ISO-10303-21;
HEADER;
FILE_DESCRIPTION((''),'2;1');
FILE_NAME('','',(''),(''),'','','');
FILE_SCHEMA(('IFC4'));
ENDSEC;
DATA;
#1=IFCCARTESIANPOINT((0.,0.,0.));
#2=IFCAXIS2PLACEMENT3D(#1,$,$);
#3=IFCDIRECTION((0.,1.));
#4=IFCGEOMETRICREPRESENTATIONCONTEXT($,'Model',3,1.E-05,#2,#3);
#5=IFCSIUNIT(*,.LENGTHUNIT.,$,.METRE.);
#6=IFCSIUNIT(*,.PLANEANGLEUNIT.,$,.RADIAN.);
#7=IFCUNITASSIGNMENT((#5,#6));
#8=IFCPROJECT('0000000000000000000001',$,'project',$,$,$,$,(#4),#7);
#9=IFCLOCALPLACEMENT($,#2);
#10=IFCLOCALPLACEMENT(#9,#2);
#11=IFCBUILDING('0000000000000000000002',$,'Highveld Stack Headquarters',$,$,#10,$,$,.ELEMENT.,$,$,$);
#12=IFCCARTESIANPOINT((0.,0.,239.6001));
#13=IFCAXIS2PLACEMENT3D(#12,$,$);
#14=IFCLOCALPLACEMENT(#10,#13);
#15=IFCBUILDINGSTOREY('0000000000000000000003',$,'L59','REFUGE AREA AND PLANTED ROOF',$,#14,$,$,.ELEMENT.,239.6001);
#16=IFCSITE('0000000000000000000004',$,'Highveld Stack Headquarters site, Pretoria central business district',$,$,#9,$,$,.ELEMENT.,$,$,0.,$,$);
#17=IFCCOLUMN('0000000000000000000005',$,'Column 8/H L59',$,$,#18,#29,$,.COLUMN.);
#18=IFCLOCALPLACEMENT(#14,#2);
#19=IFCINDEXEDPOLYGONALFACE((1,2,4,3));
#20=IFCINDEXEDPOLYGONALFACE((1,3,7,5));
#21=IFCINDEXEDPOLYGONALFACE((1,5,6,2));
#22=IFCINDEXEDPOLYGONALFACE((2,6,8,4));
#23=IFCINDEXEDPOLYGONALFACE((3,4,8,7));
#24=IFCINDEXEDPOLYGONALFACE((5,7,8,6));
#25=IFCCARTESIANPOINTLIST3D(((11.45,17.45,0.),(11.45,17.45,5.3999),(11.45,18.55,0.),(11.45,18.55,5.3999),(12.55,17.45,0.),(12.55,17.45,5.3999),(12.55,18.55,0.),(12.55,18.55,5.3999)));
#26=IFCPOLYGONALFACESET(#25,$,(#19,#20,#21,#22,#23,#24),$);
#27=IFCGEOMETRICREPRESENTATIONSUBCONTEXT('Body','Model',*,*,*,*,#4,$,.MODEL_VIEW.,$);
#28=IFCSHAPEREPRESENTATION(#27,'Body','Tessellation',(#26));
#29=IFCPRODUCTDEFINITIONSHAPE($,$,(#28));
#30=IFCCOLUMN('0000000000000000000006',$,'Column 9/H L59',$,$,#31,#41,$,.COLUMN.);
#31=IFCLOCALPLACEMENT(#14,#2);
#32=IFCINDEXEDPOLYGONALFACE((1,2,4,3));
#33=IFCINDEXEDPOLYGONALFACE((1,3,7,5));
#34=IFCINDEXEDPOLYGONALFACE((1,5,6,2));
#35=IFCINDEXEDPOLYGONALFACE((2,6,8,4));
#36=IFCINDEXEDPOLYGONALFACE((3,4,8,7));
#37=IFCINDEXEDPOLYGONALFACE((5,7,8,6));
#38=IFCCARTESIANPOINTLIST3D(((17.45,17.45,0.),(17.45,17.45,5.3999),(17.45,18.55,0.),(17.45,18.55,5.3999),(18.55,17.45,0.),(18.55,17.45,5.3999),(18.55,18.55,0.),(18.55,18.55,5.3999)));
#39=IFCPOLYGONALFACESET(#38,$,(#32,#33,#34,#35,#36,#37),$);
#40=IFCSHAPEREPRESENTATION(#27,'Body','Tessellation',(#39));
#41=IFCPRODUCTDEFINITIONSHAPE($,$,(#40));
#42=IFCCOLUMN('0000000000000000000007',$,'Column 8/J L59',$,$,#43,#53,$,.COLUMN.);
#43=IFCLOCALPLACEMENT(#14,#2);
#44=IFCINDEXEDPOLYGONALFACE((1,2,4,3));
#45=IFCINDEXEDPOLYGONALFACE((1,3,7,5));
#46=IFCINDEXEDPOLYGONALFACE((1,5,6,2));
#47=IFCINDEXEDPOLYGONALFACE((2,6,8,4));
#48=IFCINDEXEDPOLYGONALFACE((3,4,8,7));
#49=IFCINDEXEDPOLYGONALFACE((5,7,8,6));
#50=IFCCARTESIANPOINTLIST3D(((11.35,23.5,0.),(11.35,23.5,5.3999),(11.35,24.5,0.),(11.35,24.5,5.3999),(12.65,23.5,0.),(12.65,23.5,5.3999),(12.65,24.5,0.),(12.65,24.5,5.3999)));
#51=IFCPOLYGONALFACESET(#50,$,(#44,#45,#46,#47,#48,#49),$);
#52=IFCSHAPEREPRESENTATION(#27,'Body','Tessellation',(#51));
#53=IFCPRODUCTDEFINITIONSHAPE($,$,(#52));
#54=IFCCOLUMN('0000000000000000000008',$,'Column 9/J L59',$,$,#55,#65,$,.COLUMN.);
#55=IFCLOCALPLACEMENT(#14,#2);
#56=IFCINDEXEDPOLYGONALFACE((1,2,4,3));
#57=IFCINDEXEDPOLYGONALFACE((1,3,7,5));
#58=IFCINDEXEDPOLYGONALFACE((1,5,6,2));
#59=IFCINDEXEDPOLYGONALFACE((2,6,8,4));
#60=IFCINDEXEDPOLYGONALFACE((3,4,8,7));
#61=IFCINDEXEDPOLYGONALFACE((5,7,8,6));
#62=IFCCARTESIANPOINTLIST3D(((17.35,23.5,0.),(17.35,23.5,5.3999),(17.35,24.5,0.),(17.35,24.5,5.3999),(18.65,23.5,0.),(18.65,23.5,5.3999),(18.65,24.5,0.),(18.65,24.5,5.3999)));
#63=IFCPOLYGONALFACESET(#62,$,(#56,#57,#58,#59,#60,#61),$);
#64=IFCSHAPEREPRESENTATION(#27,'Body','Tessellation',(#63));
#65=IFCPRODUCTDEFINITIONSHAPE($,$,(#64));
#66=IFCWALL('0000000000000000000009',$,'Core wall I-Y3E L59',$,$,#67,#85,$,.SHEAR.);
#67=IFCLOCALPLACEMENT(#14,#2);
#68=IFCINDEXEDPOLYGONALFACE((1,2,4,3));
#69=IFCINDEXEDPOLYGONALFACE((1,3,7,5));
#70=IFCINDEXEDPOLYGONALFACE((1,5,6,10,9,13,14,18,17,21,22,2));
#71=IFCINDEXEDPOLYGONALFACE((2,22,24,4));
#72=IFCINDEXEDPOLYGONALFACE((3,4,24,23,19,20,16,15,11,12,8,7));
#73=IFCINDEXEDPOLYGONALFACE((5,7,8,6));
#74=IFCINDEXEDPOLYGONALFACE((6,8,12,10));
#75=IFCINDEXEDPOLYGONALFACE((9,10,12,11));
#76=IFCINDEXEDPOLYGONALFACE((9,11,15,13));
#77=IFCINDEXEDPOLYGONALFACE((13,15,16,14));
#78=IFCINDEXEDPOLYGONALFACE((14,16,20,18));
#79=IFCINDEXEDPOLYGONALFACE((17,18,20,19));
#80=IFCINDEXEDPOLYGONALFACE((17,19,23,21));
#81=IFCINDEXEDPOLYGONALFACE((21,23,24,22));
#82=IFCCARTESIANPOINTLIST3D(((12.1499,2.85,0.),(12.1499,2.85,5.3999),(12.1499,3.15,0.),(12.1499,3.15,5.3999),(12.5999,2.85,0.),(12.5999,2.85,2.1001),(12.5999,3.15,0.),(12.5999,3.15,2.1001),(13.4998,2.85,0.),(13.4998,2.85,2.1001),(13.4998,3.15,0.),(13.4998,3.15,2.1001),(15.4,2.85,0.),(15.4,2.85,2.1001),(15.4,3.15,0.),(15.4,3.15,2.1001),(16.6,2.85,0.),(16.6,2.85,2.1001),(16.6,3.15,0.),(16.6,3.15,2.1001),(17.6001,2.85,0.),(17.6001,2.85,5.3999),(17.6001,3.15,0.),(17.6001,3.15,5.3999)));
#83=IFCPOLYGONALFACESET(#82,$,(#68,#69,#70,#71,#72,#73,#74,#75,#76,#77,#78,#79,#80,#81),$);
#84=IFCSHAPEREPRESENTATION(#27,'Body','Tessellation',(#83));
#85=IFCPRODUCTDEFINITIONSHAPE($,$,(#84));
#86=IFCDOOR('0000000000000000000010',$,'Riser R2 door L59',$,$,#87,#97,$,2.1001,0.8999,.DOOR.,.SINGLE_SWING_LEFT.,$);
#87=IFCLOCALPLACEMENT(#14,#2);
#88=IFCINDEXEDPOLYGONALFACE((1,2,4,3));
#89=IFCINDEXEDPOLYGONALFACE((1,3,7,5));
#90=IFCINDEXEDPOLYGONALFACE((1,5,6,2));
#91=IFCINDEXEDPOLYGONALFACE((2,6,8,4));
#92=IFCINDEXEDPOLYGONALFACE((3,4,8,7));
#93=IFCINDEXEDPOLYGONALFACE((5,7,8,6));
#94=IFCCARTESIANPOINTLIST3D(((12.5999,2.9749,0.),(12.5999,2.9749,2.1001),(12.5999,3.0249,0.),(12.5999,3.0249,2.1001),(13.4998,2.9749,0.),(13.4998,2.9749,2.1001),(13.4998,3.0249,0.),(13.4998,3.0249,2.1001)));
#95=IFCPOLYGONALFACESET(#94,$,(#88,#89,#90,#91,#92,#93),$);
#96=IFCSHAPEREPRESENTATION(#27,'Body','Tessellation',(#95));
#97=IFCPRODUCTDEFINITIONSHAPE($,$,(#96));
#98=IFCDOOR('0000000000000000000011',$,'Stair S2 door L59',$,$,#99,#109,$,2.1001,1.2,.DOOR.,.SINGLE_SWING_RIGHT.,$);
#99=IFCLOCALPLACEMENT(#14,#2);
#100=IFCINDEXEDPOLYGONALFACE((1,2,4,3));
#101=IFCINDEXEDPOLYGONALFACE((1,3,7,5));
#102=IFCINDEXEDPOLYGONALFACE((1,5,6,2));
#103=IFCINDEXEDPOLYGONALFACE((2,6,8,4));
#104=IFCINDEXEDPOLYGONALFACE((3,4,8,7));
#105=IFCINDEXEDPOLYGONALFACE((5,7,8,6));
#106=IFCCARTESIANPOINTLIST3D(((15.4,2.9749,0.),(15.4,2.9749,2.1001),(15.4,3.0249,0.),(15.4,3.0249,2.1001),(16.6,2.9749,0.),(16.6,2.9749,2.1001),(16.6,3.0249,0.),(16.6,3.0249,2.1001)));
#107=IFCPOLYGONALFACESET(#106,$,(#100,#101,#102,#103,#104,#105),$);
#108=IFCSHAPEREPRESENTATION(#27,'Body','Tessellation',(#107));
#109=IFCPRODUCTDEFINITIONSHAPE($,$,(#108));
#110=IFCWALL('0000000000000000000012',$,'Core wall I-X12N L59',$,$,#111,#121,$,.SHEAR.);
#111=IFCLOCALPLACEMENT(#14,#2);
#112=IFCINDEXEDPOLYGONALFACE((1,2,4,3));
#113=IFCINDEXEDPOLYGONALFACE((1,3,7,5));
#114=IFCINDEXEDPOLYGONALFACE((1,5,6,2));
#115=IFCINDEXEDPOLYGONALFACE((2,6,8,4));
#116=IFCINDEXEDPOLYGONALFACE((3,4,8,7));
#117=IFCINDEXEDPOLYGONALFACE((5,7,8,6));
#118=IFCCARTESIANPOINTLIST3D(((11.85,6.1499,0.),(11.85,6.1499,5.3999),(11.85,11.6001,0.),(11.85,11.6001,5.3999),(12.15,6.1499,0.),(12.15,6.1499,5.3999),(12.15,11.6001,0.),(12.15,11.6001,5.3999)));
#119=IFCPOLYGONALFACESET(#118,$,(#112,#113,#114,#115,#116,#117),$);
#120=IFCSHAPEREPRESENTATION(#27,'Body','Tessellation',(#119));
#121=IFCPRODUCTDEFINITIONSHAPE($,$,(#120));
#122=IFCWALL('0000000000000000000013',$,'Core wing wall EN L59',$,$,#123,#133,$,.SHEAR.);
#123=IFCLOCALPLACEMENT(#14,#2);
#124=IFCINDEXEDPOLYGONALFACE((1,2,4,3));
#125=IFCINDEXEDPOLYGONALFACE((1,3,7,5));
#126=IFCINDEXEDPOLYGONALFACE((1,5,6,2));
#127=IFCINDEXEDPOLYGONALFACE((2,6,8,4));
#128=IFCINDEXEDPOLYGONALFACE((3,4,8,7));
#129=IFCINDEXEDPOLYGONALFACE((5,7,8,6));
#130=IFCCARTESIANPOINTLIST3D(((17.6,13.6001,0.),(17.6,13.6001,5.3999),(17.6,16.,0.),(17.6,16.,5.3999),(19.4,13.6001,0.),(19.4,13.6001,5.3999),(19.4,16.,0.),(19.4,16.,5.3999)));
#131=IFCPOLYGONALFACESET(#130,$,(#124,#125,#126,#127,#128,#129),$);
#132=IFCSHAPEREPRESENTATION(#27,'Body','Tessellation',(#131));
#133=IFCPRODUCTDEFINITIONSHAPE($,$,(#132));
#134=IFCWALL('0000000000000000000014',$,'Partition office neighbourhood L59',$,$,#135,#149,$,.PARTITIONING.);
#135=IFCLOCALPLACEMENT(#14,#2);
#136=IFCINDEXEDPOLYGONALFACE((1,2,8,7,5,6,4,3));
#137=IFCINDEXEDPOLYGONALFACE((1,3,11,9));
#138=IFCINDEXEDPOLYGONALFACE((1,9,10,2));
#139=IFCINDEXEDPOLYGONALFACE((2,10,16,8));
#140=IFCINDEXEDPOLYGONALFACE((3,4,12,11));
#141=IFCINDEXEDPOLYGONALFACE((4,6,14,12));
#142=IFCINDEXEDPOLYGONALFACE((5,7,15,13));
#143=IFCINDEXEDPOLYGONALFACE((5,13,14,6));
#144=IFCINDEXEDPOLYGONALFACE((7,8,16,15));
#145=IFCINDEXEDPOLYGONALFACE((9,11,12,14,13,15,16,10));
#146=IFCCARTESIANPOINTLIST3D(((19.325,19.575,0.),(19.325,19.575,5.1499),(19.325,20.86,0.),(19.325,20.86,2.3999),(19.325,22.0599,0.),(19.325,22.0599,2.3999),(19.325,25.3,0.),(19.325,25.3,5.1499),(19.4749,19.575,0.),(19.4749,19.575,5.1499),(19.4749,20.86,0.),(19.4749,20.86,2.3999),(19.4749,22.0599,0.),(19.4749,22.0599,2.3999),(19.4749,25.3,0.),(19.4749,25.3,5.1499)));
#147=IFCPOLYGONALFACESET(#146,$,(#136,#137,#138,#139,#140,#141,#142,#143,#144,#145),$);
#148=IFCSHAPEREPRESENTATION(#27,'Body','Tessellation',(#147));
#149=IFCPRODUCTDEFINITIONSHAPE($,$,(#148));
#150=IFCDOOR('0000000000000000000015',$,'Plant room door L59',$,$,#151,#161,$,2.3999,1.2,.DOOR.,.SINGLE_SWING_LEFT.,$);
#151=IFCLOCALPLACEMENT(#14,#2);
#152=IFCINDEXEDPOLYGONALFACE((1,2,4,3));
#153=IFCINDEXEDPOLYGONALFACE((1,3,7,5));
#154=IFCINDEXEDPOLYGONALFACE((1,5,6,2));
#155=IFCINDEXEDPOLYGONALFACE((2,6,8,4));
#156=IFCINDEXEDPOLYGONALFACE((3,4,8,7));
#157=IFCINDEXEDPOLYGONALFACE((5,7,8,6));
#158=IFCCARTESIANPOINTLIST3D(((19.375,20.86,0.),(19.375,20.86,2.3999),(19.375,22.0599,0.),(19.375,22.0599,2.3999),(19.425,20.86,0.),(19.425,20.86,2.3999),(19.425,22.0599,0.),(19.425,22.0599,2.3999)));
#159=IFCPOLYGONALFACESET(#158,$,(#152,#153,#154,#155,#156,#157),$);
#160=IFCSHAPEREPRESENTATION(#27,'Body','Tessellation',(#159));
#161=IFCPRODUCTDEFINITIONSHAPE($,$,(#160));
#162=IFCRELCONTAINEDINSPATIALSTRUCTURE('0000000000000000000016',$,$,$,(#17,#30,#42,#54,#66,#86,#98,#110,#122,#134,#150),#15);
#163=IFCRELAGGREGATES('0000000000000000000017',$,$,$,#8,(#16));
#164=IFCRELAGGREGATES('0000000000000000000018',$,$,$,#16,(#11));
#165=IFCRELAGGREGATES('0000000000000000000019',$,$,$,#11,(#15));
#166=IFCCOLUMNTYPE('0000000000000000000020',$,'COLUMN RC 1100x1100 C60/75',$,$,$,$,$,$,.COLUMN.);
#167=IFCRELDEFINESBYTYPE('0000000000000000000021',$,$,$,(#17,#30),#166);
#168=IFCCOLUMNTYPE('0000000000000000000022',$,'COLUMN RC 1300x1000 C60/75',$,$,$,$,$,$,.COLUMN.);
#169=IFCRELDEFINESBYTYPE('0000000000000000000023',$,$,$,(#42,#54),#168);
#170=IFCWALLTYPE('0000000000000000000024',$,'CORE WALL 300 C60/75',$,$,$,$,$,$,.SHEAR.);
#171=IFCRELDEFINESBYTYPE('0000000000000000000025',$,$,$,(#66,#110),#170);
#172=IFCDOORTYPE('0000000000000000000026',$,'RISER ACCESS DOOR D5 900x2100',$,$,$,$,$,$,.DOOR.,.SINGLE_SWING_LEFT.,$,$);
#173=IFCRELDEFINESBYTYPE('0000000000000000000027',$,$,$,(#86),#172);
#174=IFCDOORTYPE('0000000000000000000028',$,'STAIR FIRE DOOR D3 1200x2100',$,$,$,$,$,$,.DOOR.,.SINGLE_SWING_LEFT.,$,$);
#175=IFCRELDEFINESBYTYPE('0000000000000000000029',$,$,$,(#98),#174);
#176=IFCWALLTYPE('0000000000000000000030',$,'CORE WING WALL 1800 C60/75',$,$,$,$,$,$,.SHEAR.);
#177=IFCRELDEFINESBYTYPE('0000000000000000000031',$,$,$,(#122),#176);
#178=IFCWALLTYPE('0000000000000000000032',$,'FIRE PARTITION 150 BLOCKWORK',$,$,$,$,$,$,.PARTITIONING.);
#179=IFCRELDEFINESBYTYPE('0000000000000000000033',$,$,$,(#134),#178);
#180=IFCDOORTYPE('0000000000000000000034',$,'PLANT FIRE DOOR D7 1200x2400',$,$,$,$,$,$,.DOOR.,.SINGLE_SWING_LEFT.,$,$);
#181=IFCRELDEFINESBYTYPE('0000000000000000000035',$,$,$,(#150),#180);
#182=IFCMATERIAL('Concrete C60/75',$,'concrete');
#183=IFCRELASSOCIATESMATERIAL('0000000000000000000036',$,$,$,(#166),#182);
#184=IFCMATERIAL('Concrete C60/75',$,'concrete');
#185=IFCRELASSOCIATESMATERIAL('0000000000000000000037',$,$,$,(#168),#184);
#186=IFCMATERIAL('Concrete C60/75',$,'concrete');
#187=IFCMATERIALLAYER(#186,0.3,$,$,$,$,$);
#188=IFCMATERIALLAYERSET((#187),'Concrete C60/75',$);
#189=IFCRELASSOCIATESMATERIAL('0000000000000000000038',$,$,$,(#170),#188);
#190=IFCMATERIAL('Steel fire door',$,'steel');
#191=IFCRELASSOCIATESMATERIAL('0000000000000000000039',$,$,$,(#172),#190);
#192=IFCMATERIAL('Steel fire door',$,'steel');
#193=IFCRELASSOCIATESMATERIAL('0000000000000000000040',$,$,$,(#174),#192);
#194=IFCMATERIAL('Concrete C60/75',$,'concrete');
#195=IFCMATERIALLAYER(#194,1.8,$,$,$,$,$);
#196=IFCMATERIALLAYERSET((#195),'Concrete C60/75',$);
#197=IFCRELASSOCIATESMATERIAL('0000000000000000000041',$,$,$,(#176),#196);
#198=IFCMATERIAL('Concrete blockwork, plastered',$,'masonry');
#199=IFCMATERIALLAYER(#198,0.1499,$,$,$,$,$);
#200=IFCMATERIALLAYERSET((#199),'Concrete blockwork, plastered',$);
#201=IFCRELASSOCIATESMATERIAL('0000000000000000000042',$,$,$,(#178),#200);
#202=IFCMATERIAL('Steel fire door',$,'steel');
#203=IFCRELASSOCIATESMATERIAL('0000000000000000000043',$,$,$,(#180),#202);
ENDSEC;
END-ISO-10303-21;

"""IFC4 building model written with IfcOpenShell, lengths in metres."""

from ifc_helpers import new_model, si_unit, direction, frame, frame_2d, origin, origin_2d, place, context, subcontext, project, spatial, rectangle, extrude, material, layer, layer_set, material_profile, profile_set, type_object, element, fill, save


model = new_model("IFC4")

# Units and contexts
model_context = context("Model", 3, precision=1e-05, world=origin(), true_north=direction((0.0, 1.0)))
body_context = subcontext(model_context, "Body", "Model", "MODEL_VIEW")
ifc_project = project(units=[si_unit("LENGTHUNIT", "METRE"), si_unit("PLANEANGLEUNIT", "RADIAN")], contexts=[model_context])

# Site, building, storey
site_placement = place(None, origin())
site = spatial("IfcSite", under=ifc_project, at=site_placement, Name="Highveld Stack Headquarters site, Pretoria central business district", CompositionType="ELEMENT", RefElevation=0.0)
building_placement = place(site_placement, origin())
building = spatial("IfcBuilding", under=site, at=building_placement, Name="Highveld Stack Headquarters", CompositionType="ELEMENT")
storey_placement = place(building_placement, frame((0.0, 0.0, 239.6001)))
storey = spatial("IfcBuildingStorey", under=building, at=storey_placement, Name="L59", Description="REFUGE AREA AND PLANTED ROOF", CompositionType="ELEMENT", Elevation=239.6001)

# Columns
ifc_material_1 = material(Name="Concrete C60/75", Category="concrete")
ifc_material_profile_1 = material_profile(ifc_material_1, rectangle(XDim=1.1001, YDim=1.1001, at=origin_2d()), Name="RC 1100x1100")
ifc_profile_set_1 = profile_set([ifc_material_profile_1], Name="Concrete C60/75")
column_type_1 = type_object("IfcColumnType", Name="COLUMN RC 1100x1100 C60/75", PredefinedType="COLUMN", material=ifc_profile_set_1)
for number, where, z_axis, x_axis, name in (
    (1, (12.0, 18.0, 0.0), (0.0, 0.0, 1.0), (1.0, 0.0, 0.0), "Column 8/H L59"),
    (2, (18.0, 18.0, 0.0), (0.0, 0.0, 1.0), (1.0, 0.0, 0.0), "Column 9/H L59"),
):
    element("IfcColumn", number, at=place(storey_placement, frame(where, z_axis=z_axis, x_axis=x_axis)), inside=storey, type_object=column_type_1, Name=name, PredefinedType="COLUMN", context=body_context, shape_type="SweptSolid", body=[
        extrude(rectangle(XDim=1.1001, YDim=1.1001, at=origin_2d()), origin(), (0.0, 0.0, 1.0), 5.3999),
    ])
ifc_material_2 = material(Name="Concrete C60/75", Category="concrete")
ifc_material_profile_2 = material_profile(ifc_material_2, rectangle(XDim=1.3, YDim=1.0, at=origin_2d()), Name="RC 1300x1000")
ifc_profile_set_2 = profile_set([ifc_material_profile_2], Name="Concrete C60/75")
column_type_2 = type_object("IfcColumnType", Name="COLUMN RC 1300x1000 C60/75", PredefinedType="COLUMN", material=ifc_profile_set_2)
for number, where, z_axis, x_axis, name in (
    (3, (12.0, 24.0, 0.0), (0.0, 0.0, 1.0), (1.0, 0.0, 0.0), "Column 8/J L59"),
    (4, (18.0, 24.0, 0.0), (0.0, 0.0, 1.0), (1.0, 0.0, 0.0), "Column 9/J L59"),
):
    element("IfcColumn", number, at=place(storey_placement, frame(where, z_axis=z_axis, x_axis=x_axis)), inside=storey, type_object=column_type_2, Name=name, PredefinedType="COLUMN", context=body_context, shape_type="SweptSolid", body=[
        extrude(rectangle(XDim=1.3, YDim=1.0, at=origin_2d()), origin(), (0.0, 0.0, 1.0), 5.3999),
    ])

# Wall, openings, doors
ifc_material_3 = material(Name="Concrete C60/75", Category="concrete")
ifc_layer_1 = layer(ifc_material_3, 0.3)
ifc_layer_set_1 = layer_set([ifc_layer_1], Name="Concrete C60/75")
wall_type_1 = type_object("IfcWallType", Name="CORE WALL 300 C60/75", PredefinedType="SHEAR", material=ifc_layer_set_1)
wall_1_placement = place(storey_placement, frame((12.1499, 3.0, 0.0), z_axis=(0.0, 0.0, 1.0), x_axis=(1.0, 0.0, 0.0)))
wall_1 = element("IfcWall", 5, at=wall_1_placement, inside=storey, type_object=wall_type_1, Name="Core wall I-Y3E L59", PredefinedType="SHEAR", context=body_context, shape_type="SweptSolid", body=[
    extrude(rectangle(XDim=5.4502, YDim=0.3, at=frame_2d((2.7251, 0.0))), origin(), (0.0, 0.0, 1.0), 5.3999),
])
opening_1_placement = place(wall_1_placement, frame((3.25, 0.0, 0.0)))
opening_1 = element("IfcOpeningElement", 6, at=opening_1_placement, cuts=wall_1, PredefinedType="OPENING", context=body_context, shape_type="SweptSolid", body=[
    extrude(rectangle(XDim=1.2, YDim=2.1001, at=frame_2d((0.6001, 1.05))), frame((0.0, 0.1599, 0.0), z_axis=(0.0, -1.0, 0.0), x_axis=(1.0, 0.0, 0.0)), (0.0, 0.0, 1.0), 0.3201),
])
opening_2_placement = place(wall_1_placement, frame((0.45, 0.0, 0.0)))
opening_2 = element("IfcOpeningElement", 7, at=opening_2_placement, cuts=wall_1, PredefinedType="OPENING", context=body_context, shape_type="SweptSolid", body=[
    extrude(rectangle(XDim=0.8999, YDim=2.1001, at=frame_2d((0.45, 1.05))), frame((0.0, 0.1599, 0.0), z_axis=(0.0, -1.0, 0.0), x_axis=(1.0, 0.0, 0.0)), (0.0, 0.0, 1.0), 0.3201),
])
ifc_material_4 = material(Name="Steel fire door", Category="steel")
door_type_1 = type_object("IfcDoorType", Name="RISER ACCESS DOOR D5 900x2100", OperationType="SINGLE_SWING_LEFT", PredefinedType="DOOR", material=ifc_material_4)
door_1_placement = place(opening_2_placement, origin())
door_1 = element("IfcDoor", 8, at=door_1_placement, inside=storey, type_object=door_type_1, Name="Riser R2 door L59", OperationType="SINGLE_SWING_LEFT", OverallHeight=2.1001, OverallWidth=0.8999, PredefinedType="DOOR", context=body_context, shape_type="SweptSolid", body=[
    extrude(rectangle(XDim=0.8999, YDim=2.1001, at=frame_2d((0.45, 1.05))), frame((0.0, 0.0249, 0.0), z_axis=(0.0, -1.0, 0.0), x_axis=(1.0, 0.0, 0.0)), (0.0, 0.0, 1.0), 0.05),
])
fill(opening_2, door_1)
ifc_material_5 = material(Name="Steel fire door", Category="steel")
door_type_2 = type_object("IfcDoorType", Name="STAIR FIRE DOOR D3 1200x2100", OperationType="SINGLE_SWING_LEFT", PredefinedType="DOOR", material=ifc_material_5)
door_2_placement = place(opening_1_placement, origin())
door_2 = element("IfcDoor", 9, at=door_2_placement, inside=storey, type_object=door_type_2, Name="Stair S2 door L59", OperationType="SINGLE_SWING_RIGHT", OverallHeight=2.1001, OverallWidth=1.2, PredefinedType="DOOR", context=body_context, shape_type="SweptSolid", body=[
    extrude(rectangle(XDim=1.2, YDim=2.1001, at=frame_2d((0.6001, 1.05))), frame((0.0, 0.0249, 0.0), z_axis=(0.0, -1.0, 0.0), x_axis=(1.0, 0.0, 0.0)), (0.0, 0.0, 1.0), 0.05),
])
fill(opening_1, door_2)

# Walls
wall_2_placement = place(storey_placement, frame((12.0, 6.1499, 0.0), z_axis=(0.0, 0.0, 1.0), x_axis=(0.0, 1.0, 0.0)))
element("IfcWall", 10, at=wall_2_placement, inside=storey, type_object=wall_type_1, Name="Core wall I-X12N L59", PredefinedType="SHEAR", context=body_context, shape_type="SweptSolid", body=[
    extrude(rectangle(XDim=5.4502, YDim=0.3, at=frame_2d((2.7251, 0.0))), origin(), (0.0, 0.0, 1.0), 5.3999),
])
ifc_material_6 = material(Name="Concrete C60/75", Category="concrete")
ifc_layer_2 = layer(ifc_material_6, 1.8)
ifc_layer_set_2 = layer_set([ifc_layer_2], Name="Concrete C60/75")
wall_type_2 = type_object("IfcWallType", Name="CORE WING WALL 1800 C60/75", PredefinedType="SHEAR", material=ifc_layer_set_2)
wall_3_placement = place(storey_placement, frame((18.5, 13.6001, 0.0), z_axis=(0.0, 0.0, 1.0), x_axis=(0.0, 1.0, 0.0)))
element("IfcWall", 11, at=wall_3_placement, inside=storey, type_object=wall_type_2, Name="Core wing wall EN L59", PredefinedType="SHEAR", context=body_context, shape_type="SweptSolid", body=[
    extrude(rectangle(XDim=2.3999, YDim=1.8, at=frame_2d((1.2, 0.0))), origin(), (0.0, 0.0, 1.0), 5.3999),
])

# Wall, opening, door
ifc_material_7 = material(Name="Concrete blockwork, plastered", Category="masonry")
ifc_layer_3 = layer(ifc_material_7, 0.1499)
ifc_layer_set_3 = layer_set([ifc_layer_3], Name="Concrete blockwork, plastered")
wall_type_3 = type_object("IfcWallType", Name="FIRE PARTITION 150 BLOCKWORK", PredefinedType="PARTITIONING", material=ifc_layer_set_3)
ifc_material_8 = material(Name="Steel fire door", Category="steel")
door_type_3 = type_object("IfcDoorType", Name="PLANT FIRE DOOR D7 1200x2400", OperationType="SINGLE_SWING_LEFT", PredefinedType="DOOR", material=ifc_material_8)
wall_4_placement = place(storey_placement, frame((19.3999, 19.575, 0.0), z_axis=(0.0, 0.0, 1.0), x_axis=(0.0, 1.0, 0.0)))
wall_4 = element("IfcWall", 12, at=wall_4_placement, inside=storey, type_object=wall_type_3, Name="Partition office neighbourhood L59", PredefinedType="PARTITIONING", context=body_context, shape_type="SweptSolid", body=[
    extrude(rectangle(XDim=5.7251, YDim=0.1499, at=frame_2d((2.8625, 0.0))), origin(), (0.0, 0.0, 1.0), 5.1499),
])
opening_3_placement = place(wall_4_placement, frame((1.2849, 0.0, 0.0)))
opening_3 = element("IfcOpeningElement", 13, at=opening_3_placement, cuts=wall_4, PredefinedType="OPENING", context=body_context, shape_type="SweptSolid", body=[
    extrude(rectangle(XDim=1.2, YDim=2.3999, at=frame_2d((0.6001, 1.2))), frame((0.0, 0.085, 0.0), z_axis=(0.0, -1.0, 0.0), x_axis=(1.0, 0.0, 0.0)), (0.0, 0.0, 1.0), 0.1699),
])
door_3_placement = place(opening_3_placement, origin())
door_3 = element("IfcDoor", 14, at=door_3_placement, inside=storey, type_object=door_type_3, Name="Plant room door L59", OperationType="SINGLE_SWING_LEFT", OverallHeight=2.3999, OverallWidth=1.2, PredefinedType="DOOR", context=body_context, shape_type="SweptSolid", body=[
    extrude(rectangle(XDim=1.2, YDim=2.3999, at=frame_2d((0.6001, 1.2))), frame((0.0, 0.0249, 0.0), z_axis=(0.0, -1.0, 0.0), x_axis=(1.0, 0.0, 0.0)), (0.0, 0.0, 1.0), 0.05),
])
fill(opening_3, door_3)

save(model, "model.ifc")
